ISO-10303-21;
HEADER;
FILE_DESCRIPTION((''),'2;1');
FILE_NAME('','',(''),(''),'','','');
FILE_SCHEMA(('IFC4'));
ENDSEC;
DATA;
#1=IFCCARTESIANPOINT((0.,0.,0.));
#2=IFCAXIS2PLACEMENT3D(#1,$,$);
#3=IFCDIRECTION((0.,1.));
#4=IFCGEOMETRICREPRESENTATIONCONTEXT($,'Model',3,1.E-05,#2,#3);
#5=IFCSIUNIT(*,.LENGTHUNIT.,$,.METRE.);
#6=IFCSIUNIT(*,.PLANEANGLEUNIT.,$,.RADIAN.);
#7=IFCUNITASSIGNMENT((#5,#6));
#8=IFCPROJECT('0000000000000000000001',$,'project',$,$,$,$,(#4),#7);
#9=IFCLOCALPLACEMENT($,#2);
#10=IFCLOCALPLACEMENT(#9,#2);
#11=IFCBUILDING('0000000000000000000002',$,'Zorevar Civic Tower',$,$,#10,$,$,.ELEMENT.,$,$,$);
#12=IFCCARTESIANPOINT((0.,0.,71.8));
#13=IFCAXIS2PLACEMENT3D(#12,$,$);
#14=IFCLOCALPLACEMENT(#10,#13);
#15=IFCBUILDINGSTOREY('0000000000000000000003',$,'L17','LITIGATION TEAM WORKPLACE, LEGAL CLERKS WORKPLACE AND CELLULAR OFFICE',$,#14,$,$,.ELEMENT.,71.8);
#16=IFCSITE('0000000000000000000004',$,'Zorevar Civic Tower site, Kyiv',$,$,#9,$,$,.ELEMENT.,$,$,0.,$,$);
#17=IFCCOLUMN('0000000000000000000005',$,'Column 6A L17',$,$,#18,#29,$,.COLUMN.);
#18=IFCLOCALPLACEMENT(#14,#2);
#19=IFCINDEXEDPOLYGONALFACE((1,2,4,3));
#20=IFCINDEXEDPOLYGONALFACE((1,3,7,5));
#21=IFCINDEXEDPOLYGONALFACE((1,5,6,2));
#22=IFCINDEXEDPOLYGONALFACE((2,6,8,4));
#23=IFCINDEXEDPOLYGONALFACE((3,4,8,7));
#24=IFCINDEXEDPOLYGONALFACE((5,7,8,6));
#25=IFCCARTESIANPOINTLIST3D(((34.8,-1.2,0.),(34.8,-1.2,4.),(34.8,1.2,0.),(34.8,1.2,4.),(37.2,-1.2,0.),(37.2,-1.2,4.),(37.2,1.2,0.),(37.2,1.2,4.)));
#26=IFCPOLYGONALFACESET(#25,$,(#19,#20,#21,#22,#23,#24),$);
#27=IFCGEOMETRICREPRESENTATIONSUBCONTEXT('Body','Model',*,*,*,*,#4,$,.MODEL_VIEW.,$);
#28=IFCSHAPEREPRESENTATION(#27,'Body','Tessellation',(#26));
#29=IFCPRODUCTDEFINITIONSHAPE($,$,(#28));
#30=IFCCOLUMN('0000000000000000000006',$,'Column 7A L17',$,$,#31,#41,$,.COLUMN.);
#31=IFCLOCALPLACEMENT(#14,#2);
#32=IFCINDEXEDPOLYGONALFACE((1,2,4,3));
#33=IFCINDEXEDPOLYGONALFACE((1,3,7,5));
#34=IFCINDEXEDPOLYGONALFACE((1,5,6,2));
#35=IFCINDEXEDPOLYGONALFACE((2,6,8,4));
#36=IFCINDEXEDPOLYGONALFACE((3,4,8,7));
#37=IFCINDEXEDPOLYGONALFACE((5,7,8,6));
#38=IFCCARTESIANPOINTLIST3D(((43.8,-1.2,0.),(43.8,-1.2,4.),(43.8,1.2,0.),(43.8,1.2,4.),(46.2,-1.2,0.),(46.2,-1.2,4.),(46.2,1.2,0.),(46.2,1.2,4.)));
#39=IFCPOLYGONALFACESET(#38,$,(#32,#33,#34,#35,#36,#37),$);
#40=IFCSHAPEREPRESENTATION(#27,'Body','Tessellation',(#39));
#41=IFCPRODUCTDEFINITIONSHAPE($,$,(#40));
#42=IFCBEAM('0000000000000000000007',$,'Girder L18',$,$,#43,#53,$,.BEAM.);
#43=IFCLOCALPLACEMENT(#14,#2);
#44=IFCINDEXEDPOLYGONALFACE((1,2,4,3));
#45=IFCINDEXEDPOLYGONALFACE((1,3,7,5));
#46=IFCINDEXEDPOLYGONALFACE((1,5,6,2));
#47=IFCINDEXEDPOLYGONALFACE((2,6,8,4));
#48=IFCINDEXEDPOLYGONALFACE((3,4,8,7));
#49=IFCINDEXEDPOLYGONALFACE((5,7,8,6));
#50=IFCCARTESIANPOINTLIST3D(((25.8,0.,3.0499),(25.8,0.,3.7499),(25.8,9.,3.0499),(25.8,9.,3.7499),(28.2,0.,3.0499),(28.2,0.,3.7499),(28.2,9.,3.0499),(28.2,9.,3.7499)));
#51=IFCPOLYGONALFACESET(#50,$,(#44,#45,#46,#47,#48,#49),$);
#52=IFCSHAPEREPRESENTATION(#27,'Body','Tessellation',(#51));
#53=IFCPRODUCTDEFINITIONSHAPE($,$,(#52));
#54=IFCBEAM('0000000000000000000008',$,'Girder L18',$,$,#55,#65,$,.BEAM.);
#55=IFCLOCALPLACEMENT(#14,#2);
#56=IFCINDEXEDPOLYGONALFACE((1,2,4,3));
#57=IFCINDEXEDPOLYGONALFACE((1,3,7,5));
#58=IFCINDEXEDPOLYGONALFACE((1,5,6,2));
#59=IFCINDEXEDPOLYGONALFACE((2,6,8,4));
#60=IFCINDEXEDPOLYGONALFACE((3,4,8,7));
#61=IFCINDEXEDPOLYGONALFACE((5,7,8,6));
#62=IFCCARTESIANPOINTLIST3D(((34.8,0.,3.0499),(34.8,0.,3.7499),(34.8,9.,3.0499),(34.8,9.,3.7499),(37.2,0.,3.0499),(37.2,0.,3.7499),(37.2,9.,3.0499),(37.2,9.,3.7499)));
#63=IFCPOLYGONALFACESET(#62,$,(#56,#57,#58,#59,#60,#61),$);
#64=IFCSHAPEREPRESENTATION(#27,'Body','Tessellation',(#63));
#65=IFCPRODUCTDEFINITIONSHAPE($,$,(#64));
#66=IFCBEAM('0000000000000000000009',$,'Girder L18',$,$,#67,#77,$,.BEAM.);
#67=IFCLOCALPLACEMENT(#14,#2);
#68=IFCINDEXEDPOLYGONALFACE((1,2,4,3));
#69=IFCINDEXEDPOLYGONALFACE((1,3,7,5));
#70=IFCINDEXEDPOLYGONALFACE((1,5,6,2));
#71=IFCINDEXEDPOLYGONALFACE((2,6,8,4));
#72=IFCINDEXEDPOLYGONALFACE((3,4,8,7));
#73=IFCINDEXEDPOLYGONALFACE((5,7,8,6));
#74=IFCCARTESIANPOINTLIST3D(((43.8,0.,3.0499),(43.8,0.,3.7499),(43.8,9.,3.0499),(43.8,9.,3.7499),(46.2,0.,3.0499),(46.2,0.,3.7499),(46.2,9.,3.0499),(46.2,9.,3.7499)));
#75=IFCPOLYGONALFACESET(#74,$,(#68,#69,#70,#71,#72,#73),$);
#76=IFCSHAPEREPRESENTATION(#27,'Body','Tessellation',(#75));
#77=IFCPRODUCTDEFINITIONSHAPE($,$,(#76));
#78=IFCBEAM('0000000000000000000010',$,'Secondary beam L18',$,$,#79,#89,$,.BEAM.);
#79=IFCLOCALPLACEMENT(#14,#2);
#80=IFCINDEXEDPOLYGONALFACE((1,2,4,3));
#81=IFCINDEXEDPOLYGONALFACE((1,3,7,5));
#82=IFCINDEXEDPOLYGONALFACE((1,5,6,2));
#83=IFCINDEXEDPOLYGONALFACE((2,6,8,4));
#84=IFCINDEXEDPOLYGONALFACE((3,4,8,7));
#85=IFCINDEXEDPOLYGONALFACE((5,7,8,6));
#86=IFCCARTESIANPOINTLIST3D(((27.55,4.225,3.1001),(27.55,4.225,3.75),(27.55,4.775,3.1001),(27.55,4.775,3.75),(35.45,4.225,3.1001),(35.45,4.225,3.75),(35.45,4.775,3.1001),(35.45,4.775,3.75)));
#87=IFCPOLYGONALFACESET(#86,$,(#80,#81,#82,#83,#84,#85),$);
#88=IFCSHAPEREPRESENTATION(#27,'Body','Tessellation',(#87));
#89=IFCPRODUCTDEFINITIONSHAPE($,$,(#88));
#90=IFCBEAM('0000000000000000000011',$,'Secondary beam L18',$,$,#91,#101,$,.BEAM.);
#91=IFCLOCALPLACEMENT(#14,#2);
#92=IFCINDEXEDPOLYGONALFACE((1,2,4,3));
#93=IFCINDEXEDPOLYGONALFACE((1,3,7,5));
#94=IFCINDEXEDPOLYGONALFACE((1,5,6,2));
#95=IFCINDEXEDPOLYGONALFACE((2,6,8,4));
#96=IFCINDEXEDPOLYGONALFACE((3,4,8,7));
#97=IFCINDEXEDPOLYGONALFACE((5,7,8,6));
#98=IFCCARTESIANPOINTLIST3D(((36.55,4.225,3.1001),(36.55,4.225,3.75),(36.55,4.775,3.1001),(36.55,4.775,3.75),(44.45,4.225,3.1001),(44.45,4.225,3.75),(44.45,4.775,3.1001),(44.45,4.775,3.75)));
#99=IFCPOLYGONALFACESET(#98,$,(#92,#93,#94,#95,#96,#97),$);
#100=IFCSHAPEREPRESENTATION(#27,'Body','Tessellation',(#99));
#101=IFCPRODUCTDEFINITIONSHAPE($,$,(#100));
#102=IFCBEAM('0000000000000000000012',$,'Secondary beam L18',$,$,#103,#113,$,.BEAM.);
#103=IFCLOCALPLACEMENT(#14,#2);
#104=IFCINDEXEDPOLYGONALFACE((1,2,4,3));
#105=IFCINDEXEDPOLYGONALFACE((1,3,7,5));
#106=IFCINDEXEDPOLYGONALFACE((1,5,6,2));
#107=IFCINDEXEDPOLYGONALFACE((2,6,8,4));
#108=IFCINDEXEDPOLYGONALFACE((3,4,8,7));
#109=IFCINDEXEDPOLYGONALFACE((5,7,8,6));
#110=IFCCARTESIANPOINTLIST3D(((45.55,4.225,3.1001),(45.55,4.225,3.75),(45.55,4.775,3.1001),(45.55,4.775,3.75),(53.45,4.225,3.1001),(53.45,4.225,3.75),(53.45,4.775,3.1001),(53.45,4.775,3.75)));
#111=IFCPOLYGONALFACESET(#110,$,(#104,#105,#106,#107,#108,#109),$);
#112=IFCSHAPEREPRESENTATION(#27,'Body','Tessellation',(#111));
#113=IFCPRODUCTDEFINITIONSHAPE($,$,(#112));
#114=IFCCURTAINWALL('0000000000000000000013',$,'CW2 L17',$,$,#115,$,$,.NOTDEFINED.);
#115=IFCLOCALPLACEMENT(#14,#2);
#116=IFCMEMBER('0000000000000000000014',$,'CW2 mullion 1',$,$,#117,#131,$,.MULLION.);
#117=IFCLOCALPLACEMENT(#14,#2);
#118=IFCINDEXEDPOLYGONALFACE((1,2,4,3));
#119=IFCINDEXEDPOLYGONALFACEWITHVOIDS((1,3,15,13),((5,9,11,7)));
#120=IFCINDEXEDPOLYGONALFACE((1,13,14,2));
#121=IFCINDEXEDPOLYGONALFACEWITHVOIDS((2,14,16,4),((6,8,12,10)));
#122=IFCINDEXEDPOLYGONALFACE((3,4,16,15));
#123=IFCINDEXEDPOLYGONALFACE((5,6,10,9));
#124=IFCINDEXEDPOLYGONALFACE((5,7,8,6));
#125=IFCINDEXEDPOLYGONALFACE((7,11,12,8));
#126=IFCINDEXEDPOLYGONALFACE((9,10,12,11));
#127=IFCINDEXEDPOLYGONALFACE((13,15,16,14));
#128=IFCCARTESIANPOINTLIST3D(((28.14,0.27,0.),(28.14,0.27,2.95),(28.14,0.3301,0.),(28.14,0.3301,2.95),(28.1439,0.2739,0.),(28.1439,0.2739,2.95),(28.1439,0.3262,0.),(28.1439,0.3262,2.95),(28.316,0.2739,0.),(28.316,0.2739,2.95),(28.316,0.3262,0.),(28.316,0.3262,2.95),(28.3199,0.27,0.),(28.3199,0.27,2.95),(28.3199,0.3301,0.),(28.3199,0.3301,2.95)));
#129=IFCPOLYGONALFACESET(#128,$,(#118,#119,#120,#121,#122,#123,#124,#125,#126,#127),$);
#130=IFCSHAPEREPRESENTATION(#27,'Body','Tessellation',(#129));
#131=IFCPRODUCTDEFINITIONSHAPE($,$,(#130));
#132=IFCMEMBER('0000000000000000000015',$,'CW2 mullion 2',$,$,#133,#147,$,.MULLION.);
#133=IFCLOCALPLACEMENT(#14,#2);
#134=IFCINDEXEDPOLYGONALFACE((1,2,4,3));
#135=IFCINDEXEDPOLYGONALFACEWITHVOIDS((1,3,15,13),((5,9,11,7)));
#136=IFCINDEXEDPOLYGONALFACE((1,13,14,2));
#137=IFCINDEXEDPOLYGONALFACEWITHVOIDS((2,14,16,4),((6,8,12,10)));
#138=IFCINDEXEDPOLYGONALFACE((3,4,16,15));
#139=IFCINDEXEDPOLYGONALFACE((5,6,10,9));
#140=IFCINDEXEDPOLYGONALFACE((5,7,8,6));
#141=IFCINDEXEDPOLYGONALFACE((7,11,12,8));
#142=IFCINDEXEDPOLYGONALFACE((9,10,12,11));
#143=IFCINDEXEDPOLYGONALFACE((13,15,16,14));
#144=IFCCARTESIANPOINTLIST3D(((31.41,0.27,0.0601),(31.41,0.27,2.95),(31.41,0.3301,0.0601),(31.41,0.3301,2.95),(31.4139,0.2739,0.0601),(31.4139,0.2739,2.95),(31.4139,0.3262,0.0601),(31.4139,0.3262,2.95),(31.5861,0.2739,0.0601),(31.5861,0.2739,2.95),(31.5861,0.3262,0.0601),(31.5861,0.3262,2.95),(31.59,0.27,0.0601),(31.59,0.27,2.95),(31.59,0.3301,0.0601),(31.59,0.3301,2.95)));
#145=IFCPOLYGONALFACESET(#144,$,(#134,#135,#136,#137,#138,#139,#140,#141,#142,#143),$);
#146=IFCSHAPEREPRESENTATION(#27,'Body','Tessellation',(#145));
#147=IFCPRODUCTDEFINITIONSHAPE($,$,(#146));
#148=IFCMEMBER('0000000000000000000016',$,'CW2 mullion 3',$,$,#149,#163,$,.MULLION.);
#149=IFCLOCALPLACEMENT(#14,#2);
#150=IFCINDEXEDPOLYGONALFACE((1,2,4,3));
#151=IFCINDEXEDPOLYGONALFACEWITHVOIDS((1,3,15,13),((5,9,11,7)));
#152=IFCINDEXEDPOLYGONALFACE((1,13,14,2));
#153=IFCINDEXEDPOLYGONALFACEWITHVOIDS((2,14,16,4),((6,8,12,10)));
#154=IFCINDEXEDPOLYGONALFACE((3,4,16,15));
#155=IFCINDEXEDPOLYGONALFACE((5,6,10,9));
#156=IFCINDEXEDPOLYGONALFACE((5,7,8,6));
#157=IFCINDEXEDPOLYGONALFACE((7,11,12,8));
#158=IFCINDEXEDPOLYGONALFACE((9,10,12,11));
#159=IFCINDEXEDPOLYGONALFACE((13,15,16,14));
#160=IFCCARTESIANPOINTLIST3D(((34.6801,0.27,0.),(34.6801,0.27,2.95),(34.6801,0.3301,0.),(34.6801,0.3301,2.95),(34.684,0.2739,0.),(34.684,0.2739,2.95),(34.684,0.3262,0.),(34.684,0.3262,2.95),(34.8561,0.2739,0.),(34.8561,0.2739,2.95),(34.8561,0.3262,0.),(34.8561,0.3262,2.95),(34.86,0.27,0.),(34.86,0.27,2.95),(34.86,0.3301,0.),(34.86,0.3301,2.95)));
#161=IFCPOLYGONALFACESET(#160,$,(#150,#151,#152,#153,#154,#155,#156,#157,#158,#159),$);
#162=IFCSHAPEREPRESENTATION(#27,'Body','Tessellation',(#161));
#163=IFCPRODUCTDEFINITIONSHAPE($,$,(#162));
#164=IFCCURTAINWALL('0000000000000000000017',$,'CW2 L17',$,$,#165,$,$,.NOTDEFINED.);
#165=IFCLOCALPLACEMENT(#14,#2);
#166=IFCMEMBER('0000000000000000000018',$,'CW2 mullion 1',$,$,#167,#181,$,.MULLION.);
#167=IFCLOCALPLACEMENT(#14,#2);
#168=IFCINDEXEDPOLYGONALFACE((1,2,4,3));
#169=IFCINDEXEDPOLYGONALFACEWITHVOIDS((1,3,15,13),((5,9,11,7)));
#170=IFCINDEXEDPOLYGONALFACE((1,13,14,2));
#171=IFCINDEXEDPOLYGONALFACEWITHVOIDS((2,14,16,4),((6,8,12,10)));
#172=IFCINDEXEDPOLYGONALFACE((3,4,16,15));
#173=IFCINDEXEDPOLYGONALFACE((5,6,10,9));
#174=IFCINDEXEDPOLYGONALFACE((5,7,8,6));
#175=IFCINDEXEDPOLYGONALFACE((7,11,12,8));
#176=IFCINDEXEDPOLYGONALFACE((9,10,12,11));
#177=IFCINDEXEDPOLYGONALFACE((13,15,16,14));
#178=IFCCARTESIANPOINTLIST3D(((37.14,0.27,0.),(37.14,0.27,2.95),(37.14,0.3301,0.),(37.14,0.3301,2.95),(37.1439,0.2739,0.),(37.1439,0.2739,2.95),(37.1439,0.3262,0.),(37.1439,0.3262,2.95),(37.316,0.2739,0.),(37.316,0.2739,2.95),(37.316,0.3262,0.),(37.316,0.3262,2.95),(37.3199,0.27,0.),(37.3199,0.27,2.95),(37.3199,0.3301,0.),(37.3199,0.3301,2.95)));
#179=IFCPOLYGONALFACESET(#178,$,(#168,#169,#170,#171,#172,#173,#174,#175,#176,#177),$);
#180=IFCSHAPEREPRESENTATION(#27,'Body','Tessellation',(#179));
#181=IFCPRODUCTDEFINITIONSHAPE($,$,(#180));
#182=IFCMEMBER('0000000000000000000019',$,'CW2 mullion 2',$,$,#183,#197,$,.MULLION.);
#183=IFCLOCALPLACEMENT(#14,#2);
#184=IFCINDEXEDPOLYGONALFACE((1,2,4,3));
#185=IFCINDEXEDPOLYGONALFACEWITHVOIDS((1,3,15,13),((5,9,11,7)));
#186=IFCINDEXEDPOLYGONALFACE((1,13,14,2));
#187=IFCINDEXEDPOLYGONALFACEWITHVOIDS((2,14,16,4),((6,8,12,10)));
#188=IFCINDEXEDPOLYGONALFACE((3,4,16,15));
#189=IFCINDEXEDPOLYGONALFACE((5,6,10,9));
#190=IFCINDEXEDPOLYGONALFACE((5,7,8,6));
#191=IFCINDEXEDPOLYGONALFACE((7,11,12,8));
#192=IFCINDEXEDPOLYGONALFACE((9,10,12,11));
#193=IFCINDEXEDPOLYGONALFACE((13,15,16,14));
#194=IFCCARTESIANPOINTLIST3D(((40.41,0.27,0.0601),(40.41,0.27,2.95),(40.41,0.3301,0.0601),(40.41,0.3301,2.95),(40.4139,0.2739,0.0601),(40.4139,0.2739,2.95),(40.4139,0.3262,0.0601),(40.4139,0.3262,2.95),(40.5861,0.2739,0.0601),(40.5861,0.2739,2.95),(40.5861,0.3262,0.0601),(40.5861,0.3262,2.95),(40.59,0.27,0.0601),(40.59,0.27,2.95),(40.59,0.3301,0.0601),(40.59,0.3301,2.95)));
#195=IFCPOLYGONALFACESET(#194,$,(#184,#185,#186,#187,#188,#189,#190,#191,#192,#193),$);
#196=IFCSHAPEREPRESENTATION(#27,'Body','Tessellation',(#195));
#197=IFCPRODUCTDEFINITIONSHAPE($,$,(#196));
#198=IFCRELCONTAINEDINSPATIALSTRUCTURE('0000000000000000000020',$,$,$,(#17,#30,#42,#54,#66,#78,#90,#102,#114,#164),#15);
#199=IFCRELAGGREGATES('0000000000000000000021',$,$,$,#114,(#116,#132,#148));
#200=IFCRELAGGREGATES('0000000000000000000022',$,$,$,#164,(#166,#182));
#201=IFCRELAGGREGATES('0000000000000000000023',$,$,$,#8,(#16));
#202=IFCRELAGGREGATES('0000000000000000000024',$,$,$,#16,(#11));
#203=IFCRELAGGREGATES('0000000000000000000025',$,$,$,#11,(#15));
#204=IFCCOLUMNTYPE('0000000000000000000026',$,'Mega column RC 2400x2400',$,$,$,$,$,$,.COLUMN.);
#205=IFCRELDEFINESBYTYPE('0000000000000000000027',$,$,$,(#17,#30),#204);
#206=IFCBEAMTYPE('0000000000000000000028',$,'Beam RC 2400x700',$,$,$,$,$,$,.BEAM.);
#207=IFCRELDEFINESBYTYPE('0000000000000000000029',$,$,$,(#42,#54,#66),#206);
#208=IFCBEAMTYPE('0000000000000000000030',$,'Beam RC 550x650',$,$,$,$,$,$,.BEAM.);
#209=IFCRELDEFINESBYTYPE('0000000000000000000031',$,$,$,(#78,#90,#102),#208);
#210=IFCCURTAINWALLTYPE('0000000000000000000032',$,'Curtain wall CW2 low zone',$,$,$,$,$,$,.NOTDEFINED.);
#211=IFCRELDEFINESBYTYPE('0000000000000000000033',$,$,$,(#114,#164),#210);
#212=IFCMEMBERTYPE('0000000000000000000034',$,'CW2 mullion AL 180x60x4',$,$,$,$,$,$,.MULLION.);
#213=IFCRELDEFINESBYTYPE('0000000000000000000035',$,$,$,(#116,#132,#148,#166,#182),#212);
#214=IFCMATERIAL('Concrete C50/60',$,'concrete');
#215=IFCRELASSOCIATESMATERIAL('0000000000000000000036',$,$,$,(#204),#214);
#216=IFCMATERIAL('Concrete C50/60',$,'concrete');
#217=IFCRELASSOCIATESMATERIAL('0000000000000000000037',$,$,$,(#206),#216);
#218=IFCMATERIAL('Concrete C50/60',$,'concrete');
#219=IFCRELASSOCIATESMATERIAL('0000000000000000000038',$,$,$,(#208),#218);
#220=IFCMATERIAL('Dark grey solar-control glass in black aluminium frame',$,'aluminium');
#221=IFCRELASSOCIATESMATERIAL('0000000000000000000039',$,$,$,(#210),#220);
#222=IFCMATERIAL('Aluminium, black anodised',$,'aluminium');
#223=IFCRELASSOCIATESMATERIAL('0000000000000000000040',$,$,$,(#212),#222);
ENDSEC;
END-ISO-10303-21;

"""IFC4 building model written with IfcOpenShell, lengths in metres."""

from ifc_helpers import new_model, si_unit, direction, frame, origin, origin_2d, place, context, subcontext, project, spatial, rectangle, hollow_rectangle, extrude, material, material_profile, profile_set, type_object, element, aggregate, save


model = new_model("IFC4")

# Units and contexts
model_context = context("Model", 3, precision=1e-05, world=origin(), true_north=direction((0.0, 1.0)))
body_context = subcontext(model_context, "Body", "Model", "MODEL_VIEW")
ifc_project = project(units=[si_unit("LENGTHUNIT", "METRE"), si_unit("PLANEANGLEUNIT", "RADIAN")], contexts=[model_context])

# Site, building, storey
site_placement = place(None, origin())
site = spatial("IfcSite", under=ifc_project, at=site_placement, Name="Zorevar Civic Tower site, Kyiv", CompositionType="ELEMENT", RefElevation=0.0)
building_placement = place(site_placement, origin())
building = spatial("IfcBuilding", under=site, at=building_placement, Name="Zorevar Civic Tower", CompositionType="ELEMENT")
storey_placement = place(building_placement, frame((0.0, 0.0, 71.8)))
storey = spatial("IfcBuildingStorey", under=building, at=storey_placement, Name="L17", Description="LITIGATION TEAM WORKPLACE, LEGAL CLERKS WORKPLACE AND CELLULAR OFFICE", CompositionType="ELEMENT", Elevation=71.8)

# Columns
ifc_material_1 = material(Name="Concrete C50/60", Category="concrete")
ifc_material_profile_1 = material_profile(ifc_material_1, rectangle(XDim=2.3999, YDim=2.3999, at=origin_2d()), Name="RC 2400x2400")
ifc_profile_set_1 = profile_set([ifc_material_profile_1], Name="Concrete C50/60")
column_type = type_object("IfcColumnType", Name="Mega column RC 2400x2400", PredefinedType="COLUMN", material=ifc_profile_set_1)
for number, where, z_axis, x_axis, name in (
    (1, (36.0, 0.0, 0.0), (0.0, 0.0, 1.0), (1.0, 0.0, 0.0), "Column 6A L17"),
    (2, (45.0, 0.0, 0.0), (0.0, 0.0, 1.0), (1.0, 0.0, 0.0), "Column 7A L17"),
):
    element("IfcColumn", number, at=place(storey_placement, frame(where, z_axis=z_axis, x_axis=x_axis)), inside=storey, type_object=column_type, Name=name, PredefinedType="COLUMN", context=body_context, shape_type="SweptSolid", body=[
        extrude(rectangle(XDim=2.3999, YDim=2.3999, at=origin_2d()), origin(), (0.0, 0.0, 1.0), 4.0),
    ])

# Beams
ifc_material_2 = material(Name="Concrete C50/60", Category="concrete")
ifc_material_profile_2 = material_profile(ifc_material_2, rectangle(XDim=2.3999, YDim=0.7, at=origin_2d()), Name="RC 2400x700")
ifc_profile_set_2 = profile_set([ifc_material_profile_2], Name="Concrete C50/60")
beam_type_1 = type_object("IfcBeamType", Name="Beam RC 2400x700", PredefinedType="BEAM", material=ifc_profile_set_2)
for number, where, z_axis, x_axis, name in (
    (3, (27.0, 0.0, 3.3999), (0.0, 1.0, 0.0), (-1.0, 0.0, 0.0), "Girder L18"),
    (4, (36.0, 0.0, 3.3999), (0.0, 1.0, 0.0), (-1.0, 0.0, 0.0), "Girder L18"),
    (5, (45.0, 0.0, 3.3999), (0.0, 1.0, 0.0), (-1.0, 0.0, 0.0), "Girder L18"),
):
    element("IfcBeam", number, at=place(storey_placement, frame(where, z_axis=z_axis, x_axis=x_axis)), inside=storey, type_object=beam_type_1, Name=name, PredefinedType="BEAM", context=body_context, shape_type="SweptSolid", body=[
        extrude(rectangle(XDim=2.3999, YDim=0.7, at=origin_2d()), origin(), (0.0, 0.0, 1.0), 9.0),
    ])
ifc_material_3 = material(Name="Concrete C50/60", Category="concrete")
ifc_material_profile_3 = material_profile(ifc_material_3, rectangle(XDim=0.55, YDim=0.6499, at=origin_2d()), Name="RC 550x650")
ifc_profile_set_3 = profile_set([ifc_material_profile_3], Name="Concrete C50/60")
beam_type_2 = type_object("IfcBeamType", Name="Beam RC 550x650", PredefinedType="BEAM", material=ifc_profile_set_3)
for number, where, z_axis, x_axis, name in (
    (6, (27.55, 4.5, 3.425), (1.0, 0.0, 0.0), (0.0, 1.0, 0.0), "Secondary beam L18"),
    (7, (36.55, 4.5, 3.425), (1.0, 0.0, 0.0), (0.0, 1.0, 0.0), "Secondary beam L18"),
    (8, (45.55, 4.5, 3.425), (1.0, 0.0, 0.0), (0.0, 1.0, 0.0), "Secondary beam L18"),
):
    element("IfcBeam", number, at=place(storey_placement, frame(where, z_axis=z_axis, x_axis=x_axis)), inside=storey, type_object=beam_type_2, Name=name, PredefinedType="BEAM", context=body_context, shape_type="SweptSolid", body=[
        extrude(rectangle(XDim=0.55, YDim=0.6499, at=origin_2d()), origin(), (0.0, 0.0, 1.0), 7.8999),
    ])

# Curtain walls, members
ifc_material_4 = material(Name="Dark grey solar-control glass in black aluminium frame", Category="aluminium")
curtain_wall_type = type_object("IfcCurtainWallType", Name="Curtain wall CW2 low zone", PredefinedType="NOTDEFINED", material=ifc_material_4)
curtain_wall_1_placement = place(storey_placement, origin())
curtain_wall_1 = element("IfcCurtainWall", 9, at=curtain_wall_1_placement, inside=storey, type_object=curtain_wall_type, Name="CW2 L17", PredefinedType="NOTDEFINED")
ifc_material_5 = material(Name="Aluminium, black anodised", Category="aluminium")
ifc_material_profile_4 = material_profile(ifc_material_5, hollow_rectangle(XDim=0.0601, YDim=0.1799, WallThickness=0.0039, at=origin_2d()), Name="AL 180x60x4")
ifc_profile_set_4 = profile_set([ifc_material_profile_4], Name="Aluminium, black anodised")
member_type_1 = type_object("IfcMemberType", Name="CW2 mullion AL 180x60x4", PredefinedType="MULLION", material=ifc_profile_set_4)
member_1_placement = place(storey_placement, frame((28.23, 0.3, 0.0), z_axis=(0.0, 0.0, 1.0), x_axis=(0.0, 1.0, 0.0)))
member_1 = element("IfcMember", 10, at=member_1_placement, type_object=member_type_1, Name="CW2 mullion 1", PredefinedType="MULLION", context=body_context, shape_type="SweptSolid", body=[
    extrude(hollow_rectangle(XDim=0.0601, YDim=0.1799, WallThickness=0.0039, at=origin_2d()), origin(), (0.0, 0.0, 1.0), 2.95),
])
member_2_placement = place(storey_placement, frame((31.5, 0.3, 0.0601), z_axis=(0.0, 0.0, 1.0), x_axis=(0.0, 1.0, 0.0)))
member_2 = element("IfcMember", 11, at=member_2_placement, type_object=member_type_1, Name="CW2 mullion 2", PredefinedType="MULLION", context=body_context, shape_type="SweptSolid", body=[
    extrude(hollow_rectangle(XDim=0.0601, YDim=0.1799, WallThickness=0.0039, at=origin_2d()), origin(), (0.0, 0.0, 1.0), 2.8899),
])
member_3_placement = place(storey_placement, frame((34.77, 0.3, 0.0), z_axis=(0.0, 0.0, 1.0), x_axis=(0.0, 1.0, 0.0)))
member_3 = element("IfcMember", 12, at=member_3_placement, type_object=member_type_1, Name="CW2 mullion 3", PredefinedType="MULLION", context=body_context, shape_type="SweptSolid", body=[
    extrude(hollow_rectangle(XDim=0.0601, YDim=0.1799, WallThickness=0.0039, at=origin_2d()), origin(), (0.0, 0.0, 1.0), 2.95),
])
curtain_wall_2_placement = place(storey_placement, origin())
curtain_wall_2 = element("IfcCurtainWall", 13, at=curtain_wall_2_placement, inside=storey, type_object=curtain_wall_type, Name="CW2 L17", PredefinedType="NOTDEFINED")
member_4_placement = place(storey_placement, frame((37.23, 0.3, 0.0), z_axis=(0.0, 0.0, 1.0), x_axis=(0.0, 1.0, 0.0)))
member_4 = element("IfcMember", 14, at=member_4_placement, type_object=member_type_1, Name="CW2 mullion 1", PredefinedType="MULLION", context=body_context, shape_type="SweptSolid", body=[
    extrude(hollow_rectangle(XDim=0.0601, YDim=0.1799, WallThickness=0.0039, at=origin_2d()), origin(), (0.0, 0.0, 1.0), 2.95),
])
member_5_placement = place(storey_placement, frame((40.5, 0.3, 0.0601), z_axis=(0.0, 0.0, 1.0), x_axis=(0.0, 1.0, 0.0)))
member_5 = element("IfcMember", 15, at=member_5_placement, type_object=member_type_1, Name="CW2 mullion 2", PredefinedType="MULLION", context=body_context, shape_type="SweptSolid", body=[
    extrude(hollow_rectangle(XDim=0.0601, YDim=0.1799, WallThickness=0.0039, at=origin_2d()), origin(), (0.0, 0.0, 1.0), 2.8899),
])

aggregate(curtain_wall_1, [member_1, member_2, member_3])
aggregate(curtain_wall_2, [member_4, member_5])

save(model, "model.ifc")
